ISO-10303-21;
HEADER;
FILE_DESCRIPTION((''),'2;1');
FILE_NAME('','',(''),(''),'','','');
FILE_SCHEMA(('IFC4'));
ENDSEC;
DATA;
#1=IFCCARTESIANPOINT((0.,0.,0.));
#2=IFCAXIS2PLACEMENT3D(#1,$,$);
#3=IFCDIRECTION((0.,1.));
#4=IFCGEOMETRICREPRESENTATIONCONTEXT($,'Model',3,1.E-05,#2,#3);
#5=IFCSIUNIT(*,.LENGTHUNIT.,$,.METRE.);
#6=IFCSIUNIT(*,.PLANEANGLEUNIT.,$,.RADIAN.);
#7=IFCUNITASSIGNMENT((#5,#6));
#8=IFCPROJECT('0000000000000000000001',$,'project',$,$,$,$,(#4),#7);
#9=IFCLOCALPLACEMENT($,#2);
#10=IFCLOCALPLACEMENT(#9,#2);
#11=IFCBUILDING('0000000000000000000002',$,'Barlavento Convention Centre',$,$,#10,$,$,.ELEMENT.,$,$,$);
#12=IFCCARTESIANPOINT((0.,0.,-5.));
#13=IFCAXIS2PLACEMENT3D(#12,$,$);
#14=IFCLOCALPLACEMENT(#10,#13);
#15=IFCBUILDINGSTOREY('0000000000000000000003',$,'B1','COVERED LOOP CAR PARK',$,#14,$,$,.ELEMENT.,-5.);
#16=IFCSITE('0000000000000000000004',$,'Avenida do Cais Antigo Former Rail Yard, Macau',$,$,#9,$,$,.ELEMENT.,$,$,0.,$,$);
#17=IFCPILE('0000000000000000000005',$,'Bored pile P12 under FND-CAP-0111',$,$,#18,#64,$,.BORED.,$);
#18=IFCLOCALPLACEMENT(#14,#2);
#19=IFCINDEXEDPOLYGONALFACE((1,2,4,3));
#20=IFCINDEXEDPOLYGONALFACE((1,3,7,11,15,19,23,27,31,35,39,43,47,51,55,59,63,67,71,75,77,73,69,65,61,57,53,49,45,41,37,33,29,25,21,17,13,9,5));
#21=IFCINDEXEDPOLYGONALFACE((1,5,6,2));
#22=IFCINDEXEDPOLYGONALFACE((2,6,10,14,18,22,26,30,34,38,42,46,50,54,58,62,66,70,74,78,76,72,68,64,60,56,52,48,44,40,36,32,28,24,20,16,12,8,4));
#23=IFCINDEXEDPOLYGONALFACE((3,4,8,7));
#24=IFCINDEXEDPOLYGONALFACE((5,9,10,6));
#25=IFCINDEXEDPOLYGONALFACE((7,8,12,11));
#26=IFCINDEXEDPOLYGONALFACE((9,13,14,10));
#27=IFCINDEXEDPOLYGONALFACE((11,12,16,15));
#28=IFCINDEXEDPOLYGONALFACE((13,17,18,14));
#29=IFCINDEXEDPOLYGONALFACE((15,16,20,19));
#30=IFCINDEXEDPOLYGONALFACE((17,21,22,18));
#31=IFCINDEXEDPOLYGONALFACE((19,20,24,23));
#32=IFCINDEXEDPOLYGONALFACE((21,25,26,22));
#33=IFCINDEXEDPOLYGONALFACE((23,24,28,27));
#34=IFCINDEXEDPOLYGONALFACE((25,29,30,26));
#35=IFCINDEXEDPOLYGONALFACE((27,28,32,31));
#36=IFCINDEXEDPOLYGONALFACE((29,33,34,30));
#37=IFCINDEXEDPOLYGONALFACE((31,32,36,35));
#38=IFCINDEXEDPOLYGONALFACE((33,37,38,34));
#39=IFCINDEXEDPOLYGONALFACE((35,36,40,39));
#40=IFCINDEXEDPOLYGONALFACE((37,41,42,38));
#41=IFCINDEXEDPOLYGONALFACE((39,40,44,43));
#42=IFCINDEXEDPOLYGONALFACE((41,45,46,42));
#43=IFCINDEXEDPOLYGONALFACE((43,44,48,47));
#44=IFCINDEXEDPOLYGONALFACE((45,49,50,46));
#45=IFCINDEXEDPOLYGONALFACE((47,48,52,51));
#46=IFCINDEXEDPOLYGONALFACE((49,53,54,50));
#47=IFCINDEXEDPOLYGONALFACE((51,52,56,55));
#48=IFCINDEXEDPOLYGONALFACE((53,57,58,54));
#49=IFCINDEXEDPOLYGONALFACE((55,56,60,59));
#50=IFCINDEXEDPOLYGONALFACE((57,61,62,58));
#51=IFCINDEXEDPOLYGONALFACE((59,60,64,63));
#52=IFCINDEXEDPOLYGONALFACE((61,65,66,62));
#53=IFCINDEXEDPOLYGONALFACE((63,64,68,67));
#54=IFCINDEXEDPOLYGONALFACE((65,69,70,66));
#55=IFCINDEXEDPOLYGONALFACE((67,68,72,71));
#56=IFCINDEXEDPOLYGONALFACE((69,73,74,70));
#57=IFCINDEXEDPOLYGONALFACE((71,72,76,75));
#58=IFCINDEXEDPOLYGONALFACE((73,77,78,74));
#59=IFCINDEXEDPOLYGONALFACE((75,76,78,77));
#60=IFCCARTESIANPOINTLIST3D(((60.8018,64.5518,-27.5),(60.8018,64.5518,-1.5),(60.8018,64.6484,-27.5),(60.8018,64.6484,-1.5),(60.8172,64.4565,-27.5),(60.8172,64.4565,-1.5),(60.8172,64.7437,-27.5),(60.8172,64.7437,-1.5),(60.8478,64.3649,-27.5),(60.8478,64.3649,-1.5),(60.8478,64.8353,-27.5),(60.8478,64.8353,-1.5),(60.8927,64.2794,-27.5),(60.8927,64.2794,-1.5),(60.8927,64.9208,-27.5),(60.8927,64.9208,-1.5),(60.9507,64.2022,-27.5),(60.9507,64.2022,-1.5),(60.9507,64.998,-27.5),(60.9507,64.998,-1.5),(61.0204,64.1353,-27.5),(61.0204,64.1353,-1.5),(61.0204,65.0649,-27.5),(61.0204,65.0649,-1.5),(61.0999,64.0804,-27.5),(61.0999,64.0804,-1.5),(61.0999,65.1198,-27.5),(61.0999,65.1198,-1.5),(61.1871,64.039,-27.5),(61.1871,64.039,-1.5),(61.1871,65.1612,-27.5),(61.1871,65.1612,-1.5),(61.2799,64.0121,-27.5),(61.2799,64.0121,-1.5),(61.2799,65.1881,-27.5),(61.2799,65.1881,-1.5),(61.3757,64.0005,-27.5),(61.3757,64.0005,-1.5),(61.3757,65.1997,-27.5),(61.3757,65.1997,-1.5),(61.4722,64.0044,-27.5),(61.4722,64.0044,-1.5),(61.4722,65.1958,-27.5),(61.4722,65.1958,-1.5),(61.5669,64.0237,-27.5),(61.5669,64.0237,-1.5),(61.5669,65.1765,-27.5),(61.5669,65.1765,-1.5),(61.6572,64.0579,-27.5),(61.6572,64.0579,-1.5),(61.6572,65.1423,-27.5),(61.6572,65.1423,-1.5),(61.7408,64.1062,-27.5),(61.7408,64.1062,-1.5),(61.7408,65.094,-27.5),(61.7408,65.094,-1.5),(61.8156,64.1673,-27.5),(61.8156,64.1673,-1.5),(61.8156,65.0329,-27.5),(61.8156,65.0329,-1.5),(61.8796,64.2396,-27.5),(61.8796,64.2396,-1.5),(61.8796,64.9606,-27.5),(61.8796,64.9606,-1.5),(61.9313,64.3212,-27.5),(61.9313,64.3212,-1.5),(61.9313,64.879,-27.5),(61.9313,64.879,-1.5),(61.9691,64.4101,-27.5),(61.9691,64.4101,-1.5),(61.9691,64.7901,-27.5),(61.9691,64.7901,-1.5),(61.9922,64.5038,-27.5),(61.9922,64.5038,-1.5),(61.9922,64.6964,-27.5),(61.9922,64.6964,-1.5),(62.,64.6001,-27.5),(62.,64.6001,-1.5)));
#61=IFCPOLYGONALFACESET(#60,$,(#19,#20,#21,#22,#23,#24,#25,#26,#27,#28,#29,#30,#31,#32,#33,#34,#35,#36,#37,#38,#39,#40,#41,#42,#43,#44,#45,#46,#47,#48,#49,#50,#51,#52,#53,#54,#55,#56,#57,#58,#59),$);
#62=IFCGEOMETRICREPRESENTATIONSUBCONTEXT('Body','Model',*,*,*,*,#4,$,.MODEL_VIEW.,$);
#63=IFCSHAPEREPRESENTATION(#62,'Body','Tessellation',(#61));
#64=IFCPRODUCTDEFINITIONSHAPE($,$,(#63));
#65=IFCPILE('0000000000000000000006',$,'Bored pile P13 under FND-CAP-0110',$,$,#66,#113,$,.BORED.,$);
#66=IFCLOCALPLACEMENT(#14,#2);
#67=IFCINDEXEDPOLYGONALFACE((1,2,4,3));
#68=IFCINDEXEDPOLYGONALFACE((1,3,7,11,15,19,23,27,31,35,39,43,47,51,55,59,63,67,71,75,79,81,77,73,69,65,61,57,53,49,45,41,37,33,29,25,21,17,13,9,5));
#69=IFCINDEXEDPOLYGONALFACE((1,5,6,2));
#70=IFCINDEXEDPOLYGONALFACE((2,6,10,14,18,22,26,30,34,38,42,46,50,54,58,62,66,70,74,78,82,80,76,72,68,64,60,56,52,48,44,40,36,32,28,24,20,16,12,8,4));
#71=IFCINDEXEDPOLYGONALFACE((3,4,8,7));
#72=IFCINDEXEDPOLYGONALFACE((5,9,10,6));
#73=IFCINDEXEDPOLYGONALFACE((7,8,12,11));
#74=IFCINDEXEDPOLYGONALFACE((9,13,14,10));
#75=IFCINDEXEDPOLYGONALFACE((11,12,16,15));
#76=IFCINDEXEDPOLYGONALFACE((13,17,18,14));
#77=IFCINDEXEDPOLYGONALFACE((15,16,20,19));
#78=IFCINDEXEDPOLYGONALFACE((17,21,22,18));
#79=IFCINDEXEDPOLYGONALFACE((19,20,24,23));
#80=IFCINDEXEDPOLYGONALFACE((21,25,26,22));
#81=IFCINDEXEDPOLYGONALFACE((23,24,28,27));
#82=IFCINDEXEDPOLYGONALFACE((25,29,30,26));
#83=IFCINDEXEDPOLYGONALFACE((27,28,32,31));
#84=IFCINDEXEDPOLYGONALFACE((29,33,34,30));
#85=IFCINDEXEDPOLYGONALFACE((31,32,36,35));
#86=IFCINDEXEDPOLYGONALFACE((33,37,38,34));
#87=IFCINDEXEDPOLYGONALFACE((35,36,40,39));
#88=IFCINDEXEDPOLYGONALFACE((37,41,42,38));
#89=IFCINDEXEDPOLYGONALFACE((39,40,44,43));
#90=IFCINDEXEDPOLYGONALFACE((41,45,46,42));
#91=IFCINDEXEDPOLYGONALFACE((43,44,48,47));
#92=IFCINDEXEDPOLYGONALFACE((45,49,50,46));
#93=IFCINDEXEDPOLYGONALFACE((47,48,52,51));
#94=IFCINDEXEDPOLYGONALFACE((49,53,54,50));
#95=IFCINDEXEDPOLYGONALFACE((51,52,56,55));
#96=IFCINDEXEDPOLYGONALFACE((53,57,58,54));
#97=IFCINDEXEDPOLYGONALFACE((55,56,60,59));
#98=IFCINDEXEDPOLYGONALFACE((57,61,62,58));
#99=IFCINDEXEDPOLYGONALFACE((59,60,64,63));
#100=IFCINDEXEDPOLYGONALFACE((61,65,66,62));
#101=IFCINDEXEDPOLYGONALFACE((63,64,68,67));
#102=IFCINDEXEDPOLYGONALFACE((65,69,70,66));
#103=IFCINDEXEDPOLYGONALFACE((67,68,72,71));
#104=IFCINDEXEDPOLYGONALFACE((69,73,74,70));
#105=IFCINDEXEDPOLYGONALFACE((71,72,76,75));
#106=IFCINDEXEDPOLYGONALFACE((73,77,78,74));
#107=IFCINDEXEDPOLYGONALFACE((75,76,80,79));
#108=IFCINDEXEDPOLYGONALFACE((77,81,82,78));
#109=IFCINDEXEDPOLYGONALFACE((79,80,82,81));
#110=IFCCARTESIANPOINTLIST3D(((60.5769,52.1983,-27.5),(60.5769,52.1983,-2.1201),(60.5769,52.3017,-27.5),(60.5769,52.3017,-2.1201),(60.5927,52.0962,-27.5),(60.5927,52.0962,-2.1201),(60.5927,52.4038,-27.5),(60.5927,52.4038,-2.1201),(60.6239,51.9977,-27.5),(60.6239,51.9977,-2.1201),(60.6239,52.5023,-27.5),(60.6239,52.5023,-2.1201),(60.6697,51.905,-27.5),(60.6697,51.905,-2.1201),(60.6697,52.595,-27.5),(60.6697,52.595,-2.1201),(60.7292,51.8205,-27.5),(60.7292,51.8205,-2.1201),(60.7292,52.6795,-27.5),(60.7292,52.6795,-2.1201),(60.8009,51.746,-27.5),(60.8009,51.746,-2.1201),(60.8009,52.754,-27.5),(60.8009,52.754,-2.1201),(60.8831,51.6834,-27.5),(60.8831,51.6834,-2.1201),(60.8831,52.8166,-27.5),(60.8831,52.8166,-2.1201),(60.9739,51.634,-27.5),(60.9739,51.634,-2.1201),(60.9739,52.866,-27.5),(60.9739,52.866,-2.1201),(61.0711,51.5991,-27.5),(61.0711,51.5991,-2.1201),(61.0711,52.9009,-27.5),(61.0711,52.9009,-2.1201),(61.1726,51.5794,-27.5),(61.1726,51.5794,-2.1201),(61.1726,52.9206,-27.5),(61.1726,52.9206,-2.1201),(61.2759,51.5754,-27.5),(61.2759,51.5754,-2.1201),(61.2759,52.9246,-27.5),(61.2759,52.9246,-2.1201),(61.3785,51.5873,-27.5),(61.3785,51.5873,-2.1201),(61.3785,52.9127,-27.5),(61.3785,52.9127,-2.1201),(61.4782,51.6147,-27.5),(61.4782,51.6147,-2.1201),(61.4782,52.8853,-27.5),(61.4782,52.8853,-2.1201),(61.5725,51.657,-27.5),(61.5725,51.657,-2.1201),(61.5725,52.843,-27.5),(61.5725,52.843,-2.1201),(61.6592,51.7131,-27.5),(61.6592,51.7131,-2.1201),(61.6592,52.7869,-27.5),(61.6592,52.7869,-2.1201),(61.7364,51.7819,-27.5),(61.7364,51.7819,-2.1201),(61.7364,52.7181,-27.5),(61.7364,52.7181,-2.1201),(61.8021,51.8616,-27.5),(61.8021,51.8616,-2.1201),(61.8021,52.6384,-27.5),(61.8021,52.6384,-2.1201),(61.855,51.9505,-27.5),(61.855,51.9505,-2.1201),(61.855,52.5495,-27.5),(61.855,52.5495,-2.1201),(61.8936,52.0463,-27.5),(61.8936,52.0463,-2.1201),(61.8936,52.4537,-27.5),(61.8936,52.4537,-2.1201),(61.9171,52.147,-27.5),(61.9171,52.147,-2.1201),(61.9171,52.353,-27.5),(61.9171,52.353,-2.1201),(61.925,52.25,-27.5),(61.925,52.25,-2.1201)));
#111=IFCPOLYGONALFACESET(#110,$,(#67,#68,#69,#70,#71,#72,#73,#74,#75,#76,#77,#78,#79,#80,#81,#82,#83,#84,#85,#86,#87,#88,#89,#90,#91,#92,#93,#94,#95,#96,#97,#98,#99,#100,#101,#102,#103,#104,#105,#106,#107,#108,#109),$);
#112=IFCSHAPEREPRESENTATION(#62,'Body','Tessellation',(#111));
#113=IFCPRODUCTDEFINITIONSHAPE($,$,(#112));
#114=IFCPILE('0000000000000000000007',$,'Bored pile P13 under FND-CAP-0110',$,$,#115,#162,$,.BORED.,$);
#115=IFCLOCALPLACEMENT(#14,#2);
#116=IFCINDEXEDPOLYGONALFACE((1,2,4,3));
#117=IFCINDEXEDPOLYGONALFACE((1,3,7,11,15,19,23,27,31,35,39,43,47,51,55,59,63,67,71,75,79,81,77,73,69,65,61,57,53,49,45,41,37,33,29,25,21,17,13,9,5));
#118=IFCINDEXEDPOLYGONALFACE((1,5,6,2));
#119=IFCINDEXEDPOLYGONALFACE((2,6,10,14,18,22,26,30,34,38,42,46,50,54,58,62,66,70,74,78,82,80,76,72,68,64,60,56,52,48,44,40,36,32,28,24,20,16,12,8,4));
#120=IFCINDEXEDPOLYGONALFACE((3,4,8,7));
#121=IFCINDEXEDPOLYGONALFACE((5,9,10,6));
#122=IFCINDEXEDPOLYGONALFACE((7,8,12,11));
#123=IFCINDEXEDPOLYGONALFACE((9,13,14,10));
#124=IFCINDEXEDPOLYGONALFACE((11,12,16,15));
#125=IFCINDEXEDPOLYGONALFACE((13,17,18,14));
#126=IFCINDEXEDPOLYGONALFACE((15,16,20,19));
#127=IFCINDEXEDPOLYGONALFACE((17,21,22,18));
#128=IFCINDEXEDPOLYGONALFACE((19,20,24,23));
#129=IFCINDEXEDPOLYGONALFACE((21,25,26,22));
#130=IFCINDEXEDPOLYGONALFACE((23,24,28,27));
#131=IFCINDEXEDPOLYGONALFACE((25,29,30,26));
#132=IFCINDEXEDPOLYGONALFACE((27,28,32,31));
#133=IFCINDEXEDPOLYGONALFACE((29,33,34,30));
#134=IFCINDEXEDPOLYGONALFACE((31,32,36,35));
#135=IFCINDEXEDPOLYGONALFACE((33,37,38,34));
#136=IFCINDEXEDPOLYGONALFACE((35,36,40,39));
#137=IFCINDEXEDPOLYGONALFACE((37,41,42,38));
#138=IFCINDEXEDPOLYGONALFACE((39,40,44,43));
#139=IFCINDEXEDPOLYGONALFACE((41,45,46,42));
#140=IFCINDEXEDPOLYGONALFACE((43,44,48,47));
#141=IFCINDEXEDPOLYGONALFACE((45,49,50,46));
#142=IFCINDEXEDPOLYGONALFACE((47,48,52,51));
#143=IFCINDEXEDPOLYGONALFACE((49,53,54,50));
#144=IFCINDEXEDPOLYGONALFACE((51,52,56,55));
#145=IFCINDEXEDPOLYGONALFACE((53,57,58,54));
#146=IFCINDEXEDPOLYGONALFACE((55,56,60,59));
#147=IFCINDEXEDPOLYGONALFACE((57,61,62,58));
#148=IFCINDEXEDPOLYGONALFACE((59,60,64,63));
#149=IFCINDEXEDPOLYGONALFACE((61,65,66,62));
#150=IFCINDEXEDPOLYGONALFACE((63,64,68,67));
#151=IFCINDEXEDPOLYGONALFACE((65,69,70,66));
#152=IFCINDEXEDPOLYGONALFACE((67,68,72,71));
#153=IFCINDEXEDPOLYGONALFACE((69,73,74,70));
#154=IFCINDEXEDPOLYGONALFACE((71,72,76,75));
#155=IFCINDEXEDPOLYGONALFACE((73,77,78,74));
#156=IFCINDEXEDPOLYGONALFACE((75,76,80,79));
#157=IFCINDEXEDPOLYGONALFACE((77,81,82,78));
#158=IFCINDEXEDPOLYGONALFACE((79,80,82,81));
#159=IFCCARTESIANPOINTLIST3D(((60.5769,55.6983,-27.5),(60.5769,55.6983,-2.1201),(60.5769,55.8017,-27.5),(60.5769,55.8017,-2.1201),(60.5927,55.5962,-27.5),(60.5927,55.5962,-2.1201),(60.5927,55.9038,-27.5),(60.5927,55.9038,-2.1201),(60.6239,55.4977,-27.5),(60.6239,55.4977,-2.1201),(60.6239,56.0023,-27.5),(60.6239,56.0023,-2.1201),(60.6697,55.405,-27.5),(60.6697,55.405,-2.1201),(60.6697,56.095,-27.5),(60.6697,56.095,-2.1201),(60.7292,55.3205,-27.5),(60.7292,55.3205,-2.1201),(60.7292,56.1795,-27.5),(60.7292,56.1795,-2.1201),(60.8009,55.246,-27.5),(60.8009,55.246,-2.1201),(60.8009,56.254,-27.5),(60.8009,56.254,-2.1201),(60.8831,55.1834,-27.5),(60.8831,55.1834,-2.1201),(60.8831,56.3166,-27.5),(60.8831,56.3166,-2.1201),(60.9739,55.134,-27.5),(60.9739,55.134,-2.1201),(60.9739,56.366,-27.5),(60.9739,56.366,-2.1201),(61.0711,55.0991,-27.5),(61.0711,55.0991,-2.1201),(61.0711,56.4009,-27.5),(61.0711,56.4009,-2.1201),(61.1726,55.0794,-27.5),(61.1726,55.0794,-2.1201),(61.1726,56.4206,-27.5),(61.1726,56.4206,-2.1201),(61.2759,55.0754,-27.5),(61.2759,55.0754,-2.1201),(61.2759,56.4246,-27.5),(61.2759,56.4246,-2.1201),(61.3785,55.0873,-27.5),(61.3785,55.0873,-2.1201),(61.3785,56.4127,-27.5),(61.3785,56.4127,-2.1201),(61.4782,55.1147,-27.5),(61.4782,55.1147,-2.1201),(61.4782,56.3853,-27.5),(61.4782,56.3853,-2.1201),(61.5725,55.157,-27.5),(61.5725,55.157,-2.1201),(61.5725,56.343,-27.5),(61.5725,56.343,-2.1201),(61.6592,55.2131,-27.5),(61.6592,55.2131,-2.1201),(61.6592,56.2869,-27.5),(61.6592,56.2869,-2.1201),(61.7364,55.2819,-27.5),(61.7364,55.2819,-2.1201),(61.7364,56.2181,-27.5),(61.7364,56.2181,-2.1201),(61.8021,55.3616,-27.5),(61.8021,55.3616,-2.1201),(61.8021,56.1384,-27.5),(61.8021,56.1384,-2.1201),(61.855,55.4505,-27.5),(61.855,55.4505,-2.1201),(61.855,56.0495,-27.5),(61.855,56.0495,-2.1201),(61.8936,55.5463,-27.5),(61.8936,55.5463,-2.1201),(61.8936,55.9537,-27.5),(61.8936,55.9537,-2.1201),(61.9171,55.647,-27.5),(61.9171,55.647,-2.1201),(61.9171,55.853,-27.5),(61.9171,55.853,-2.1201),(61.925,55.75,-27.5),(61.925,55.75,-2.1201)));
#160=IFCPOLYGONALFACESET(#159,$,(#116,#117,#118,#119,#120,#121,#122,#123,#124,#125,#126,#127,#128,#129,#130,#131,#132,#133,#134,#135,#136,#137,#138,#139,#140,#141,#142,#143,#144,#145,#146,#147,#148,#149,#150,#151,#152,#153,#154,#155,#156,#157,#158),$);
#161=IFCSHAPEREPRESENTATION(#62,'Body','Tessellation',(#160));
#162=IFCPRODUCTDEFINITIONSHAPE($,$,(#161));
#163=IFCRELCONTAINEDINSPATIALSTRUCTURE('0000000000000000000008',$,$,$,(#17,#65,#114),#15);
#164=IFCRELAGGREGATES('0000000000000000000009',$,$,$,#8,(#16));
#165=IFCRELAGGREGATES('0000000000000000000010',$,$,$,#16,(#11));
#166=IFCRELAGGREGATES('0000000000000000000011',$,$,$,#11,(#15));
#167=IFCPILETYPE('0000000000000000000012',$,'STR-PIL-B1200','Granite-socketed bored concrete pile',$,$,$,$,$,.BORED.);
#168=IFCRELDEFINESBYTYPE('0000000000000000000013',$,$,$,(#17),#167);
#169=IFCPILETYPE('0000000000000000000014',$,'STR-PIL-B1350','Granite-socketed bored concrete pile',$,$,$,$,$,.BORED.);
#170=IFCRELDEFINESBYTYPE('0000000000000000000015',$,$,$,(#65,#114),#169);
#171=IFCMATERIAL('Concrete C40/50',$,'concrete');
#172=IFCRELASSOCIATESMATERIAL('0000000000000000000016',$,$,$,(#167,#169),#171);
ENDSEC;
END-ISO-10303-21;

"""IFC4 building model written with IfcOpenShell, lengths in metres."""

from ifc_helpers import new_model, si_unit, direction, frame, origin, origin_2d, place, context, subcontext, project, spatial, circle, extrude, material, material_profile, profile_set, type_object, element, save


model = new_model("IFC4")

# Units and contexts
model_context = context("Model", 3, precision=1e-05, world=origin(), true_north=direction((0.0, 1.0)))
body_context = subcontext(model_context, "Body", "Model", "MODEL_VIEW")
ifc_project = project(units=[si_unit("LENGTHUNIT", "METRE"), si_unit("PLANEANGLEUNIT", "RADIAN")], contexts=[model_context])

# Site, building, storey
site_placement = place(None, origin())
site = spatial("IfcSite", under=ifc_project, at=site_placement, Name="Avenida do Cais Antigo Former Rail Yard, Macau", CompositionType="ELEMENT", RefElevation=0.0)
building_placement = place(site_placement, origin())
building = spatial("IfcBuilding", under=site, at=building_placement, Name="Barlavento Convention Centre", CompositionType="ELEMENT")
storey_placement = place(building_placement, frame((0.0, 0.0, -5.0)))
storey = spatial("IfcBuildingStorey", under=building, at=storey_placement, Name="B1", Description="COVERED LOOP CAR PARK", CompositionType="ELEMENT", Elevation=-5.0)

# Shared definitions
ifc_material_1 = material(Name="Concrete C40/50", Category="concrete")

# Piles
ifc_material_profile_1 = material_profile(ifc_material_1, circle(Radius=0.6001, at=origin_2d()), Name="BORED PILE 1200")
ifc_profile_set_1 = profile_set([ifc_material_profile_1], Name="Concrete C40/50")
pile_type_1 = type_object("IfcPileType", Name="STR-PIL-B1200", Description="Granite-socketed bored concrete pile", PredefinedType="BORED", material=ifc_profile_set_1)
for number, where, z_axis, x_axis, name in (
    (1, (61.3999, 64.6001, -1.5), (0.0, 0.0, -1.0), (1.0, 0.0, 0.0), "Bored pile P12 under FND-CAP-0111"),
):
    element("IfcPile", number, at=place(storey_placement, frame(where, z_axis=z_axis, x_axis=x_axis)), inside=storey, type_object=pile_type_1, Name=name, PredefinedType="BORED", context=body_context, shape_type="SweptSolid", body=[
        extrude(circle(Radius=0.6001, at=origin_2d()), origin(), (0.0, 0.0, 1.0), 26.0),
    ])
ifc_material_profile_2 = material_profile(ifc_material_1, circle(Radius=0.675, at=origin_2d()), Name="BORED PILE 1350")
ifc_profile_set_2 = profile_set([ifc_material_profile_2], Name="Concrete C40/50")
pile_type_2 = type_object("IfcPileType", Name="STR-PIL-B1350", Description="Granite-socketed bored concrete pile", PredefinedType="BORED", material=ifc_profile_set_2)
for number, where, z_axis, x_axis, name in (
    (2, (61.25, 52.25, -2.1201), (0.0, 0.0, -1.0), (1.0, 0.0, 0.0), "Bored pile P13 under FND-CAP-0110"),
    (3, (61.25, 55.75, -2.1201), (0.0, 0.0, -1.0), (1.0, 0.0, 0.0), "Bored pile P13 under FND-CAP-0110"),
):
    element("IfcPile", number, at=place(storey_placement, frame(where, z_axis=z_axis, x_axis=x_axis)), inside=storey, type_object=pile_type_2, Name=name, PredefinedType="BORED", context=body_context, shape_type="SweptSolid", body=[
        extrude(circle(Radius=0.675, at=origin_2d()), origin(), (0.0, 0.0, 1.0), 25.3799),
    ])

save(model, "model.ifc")
